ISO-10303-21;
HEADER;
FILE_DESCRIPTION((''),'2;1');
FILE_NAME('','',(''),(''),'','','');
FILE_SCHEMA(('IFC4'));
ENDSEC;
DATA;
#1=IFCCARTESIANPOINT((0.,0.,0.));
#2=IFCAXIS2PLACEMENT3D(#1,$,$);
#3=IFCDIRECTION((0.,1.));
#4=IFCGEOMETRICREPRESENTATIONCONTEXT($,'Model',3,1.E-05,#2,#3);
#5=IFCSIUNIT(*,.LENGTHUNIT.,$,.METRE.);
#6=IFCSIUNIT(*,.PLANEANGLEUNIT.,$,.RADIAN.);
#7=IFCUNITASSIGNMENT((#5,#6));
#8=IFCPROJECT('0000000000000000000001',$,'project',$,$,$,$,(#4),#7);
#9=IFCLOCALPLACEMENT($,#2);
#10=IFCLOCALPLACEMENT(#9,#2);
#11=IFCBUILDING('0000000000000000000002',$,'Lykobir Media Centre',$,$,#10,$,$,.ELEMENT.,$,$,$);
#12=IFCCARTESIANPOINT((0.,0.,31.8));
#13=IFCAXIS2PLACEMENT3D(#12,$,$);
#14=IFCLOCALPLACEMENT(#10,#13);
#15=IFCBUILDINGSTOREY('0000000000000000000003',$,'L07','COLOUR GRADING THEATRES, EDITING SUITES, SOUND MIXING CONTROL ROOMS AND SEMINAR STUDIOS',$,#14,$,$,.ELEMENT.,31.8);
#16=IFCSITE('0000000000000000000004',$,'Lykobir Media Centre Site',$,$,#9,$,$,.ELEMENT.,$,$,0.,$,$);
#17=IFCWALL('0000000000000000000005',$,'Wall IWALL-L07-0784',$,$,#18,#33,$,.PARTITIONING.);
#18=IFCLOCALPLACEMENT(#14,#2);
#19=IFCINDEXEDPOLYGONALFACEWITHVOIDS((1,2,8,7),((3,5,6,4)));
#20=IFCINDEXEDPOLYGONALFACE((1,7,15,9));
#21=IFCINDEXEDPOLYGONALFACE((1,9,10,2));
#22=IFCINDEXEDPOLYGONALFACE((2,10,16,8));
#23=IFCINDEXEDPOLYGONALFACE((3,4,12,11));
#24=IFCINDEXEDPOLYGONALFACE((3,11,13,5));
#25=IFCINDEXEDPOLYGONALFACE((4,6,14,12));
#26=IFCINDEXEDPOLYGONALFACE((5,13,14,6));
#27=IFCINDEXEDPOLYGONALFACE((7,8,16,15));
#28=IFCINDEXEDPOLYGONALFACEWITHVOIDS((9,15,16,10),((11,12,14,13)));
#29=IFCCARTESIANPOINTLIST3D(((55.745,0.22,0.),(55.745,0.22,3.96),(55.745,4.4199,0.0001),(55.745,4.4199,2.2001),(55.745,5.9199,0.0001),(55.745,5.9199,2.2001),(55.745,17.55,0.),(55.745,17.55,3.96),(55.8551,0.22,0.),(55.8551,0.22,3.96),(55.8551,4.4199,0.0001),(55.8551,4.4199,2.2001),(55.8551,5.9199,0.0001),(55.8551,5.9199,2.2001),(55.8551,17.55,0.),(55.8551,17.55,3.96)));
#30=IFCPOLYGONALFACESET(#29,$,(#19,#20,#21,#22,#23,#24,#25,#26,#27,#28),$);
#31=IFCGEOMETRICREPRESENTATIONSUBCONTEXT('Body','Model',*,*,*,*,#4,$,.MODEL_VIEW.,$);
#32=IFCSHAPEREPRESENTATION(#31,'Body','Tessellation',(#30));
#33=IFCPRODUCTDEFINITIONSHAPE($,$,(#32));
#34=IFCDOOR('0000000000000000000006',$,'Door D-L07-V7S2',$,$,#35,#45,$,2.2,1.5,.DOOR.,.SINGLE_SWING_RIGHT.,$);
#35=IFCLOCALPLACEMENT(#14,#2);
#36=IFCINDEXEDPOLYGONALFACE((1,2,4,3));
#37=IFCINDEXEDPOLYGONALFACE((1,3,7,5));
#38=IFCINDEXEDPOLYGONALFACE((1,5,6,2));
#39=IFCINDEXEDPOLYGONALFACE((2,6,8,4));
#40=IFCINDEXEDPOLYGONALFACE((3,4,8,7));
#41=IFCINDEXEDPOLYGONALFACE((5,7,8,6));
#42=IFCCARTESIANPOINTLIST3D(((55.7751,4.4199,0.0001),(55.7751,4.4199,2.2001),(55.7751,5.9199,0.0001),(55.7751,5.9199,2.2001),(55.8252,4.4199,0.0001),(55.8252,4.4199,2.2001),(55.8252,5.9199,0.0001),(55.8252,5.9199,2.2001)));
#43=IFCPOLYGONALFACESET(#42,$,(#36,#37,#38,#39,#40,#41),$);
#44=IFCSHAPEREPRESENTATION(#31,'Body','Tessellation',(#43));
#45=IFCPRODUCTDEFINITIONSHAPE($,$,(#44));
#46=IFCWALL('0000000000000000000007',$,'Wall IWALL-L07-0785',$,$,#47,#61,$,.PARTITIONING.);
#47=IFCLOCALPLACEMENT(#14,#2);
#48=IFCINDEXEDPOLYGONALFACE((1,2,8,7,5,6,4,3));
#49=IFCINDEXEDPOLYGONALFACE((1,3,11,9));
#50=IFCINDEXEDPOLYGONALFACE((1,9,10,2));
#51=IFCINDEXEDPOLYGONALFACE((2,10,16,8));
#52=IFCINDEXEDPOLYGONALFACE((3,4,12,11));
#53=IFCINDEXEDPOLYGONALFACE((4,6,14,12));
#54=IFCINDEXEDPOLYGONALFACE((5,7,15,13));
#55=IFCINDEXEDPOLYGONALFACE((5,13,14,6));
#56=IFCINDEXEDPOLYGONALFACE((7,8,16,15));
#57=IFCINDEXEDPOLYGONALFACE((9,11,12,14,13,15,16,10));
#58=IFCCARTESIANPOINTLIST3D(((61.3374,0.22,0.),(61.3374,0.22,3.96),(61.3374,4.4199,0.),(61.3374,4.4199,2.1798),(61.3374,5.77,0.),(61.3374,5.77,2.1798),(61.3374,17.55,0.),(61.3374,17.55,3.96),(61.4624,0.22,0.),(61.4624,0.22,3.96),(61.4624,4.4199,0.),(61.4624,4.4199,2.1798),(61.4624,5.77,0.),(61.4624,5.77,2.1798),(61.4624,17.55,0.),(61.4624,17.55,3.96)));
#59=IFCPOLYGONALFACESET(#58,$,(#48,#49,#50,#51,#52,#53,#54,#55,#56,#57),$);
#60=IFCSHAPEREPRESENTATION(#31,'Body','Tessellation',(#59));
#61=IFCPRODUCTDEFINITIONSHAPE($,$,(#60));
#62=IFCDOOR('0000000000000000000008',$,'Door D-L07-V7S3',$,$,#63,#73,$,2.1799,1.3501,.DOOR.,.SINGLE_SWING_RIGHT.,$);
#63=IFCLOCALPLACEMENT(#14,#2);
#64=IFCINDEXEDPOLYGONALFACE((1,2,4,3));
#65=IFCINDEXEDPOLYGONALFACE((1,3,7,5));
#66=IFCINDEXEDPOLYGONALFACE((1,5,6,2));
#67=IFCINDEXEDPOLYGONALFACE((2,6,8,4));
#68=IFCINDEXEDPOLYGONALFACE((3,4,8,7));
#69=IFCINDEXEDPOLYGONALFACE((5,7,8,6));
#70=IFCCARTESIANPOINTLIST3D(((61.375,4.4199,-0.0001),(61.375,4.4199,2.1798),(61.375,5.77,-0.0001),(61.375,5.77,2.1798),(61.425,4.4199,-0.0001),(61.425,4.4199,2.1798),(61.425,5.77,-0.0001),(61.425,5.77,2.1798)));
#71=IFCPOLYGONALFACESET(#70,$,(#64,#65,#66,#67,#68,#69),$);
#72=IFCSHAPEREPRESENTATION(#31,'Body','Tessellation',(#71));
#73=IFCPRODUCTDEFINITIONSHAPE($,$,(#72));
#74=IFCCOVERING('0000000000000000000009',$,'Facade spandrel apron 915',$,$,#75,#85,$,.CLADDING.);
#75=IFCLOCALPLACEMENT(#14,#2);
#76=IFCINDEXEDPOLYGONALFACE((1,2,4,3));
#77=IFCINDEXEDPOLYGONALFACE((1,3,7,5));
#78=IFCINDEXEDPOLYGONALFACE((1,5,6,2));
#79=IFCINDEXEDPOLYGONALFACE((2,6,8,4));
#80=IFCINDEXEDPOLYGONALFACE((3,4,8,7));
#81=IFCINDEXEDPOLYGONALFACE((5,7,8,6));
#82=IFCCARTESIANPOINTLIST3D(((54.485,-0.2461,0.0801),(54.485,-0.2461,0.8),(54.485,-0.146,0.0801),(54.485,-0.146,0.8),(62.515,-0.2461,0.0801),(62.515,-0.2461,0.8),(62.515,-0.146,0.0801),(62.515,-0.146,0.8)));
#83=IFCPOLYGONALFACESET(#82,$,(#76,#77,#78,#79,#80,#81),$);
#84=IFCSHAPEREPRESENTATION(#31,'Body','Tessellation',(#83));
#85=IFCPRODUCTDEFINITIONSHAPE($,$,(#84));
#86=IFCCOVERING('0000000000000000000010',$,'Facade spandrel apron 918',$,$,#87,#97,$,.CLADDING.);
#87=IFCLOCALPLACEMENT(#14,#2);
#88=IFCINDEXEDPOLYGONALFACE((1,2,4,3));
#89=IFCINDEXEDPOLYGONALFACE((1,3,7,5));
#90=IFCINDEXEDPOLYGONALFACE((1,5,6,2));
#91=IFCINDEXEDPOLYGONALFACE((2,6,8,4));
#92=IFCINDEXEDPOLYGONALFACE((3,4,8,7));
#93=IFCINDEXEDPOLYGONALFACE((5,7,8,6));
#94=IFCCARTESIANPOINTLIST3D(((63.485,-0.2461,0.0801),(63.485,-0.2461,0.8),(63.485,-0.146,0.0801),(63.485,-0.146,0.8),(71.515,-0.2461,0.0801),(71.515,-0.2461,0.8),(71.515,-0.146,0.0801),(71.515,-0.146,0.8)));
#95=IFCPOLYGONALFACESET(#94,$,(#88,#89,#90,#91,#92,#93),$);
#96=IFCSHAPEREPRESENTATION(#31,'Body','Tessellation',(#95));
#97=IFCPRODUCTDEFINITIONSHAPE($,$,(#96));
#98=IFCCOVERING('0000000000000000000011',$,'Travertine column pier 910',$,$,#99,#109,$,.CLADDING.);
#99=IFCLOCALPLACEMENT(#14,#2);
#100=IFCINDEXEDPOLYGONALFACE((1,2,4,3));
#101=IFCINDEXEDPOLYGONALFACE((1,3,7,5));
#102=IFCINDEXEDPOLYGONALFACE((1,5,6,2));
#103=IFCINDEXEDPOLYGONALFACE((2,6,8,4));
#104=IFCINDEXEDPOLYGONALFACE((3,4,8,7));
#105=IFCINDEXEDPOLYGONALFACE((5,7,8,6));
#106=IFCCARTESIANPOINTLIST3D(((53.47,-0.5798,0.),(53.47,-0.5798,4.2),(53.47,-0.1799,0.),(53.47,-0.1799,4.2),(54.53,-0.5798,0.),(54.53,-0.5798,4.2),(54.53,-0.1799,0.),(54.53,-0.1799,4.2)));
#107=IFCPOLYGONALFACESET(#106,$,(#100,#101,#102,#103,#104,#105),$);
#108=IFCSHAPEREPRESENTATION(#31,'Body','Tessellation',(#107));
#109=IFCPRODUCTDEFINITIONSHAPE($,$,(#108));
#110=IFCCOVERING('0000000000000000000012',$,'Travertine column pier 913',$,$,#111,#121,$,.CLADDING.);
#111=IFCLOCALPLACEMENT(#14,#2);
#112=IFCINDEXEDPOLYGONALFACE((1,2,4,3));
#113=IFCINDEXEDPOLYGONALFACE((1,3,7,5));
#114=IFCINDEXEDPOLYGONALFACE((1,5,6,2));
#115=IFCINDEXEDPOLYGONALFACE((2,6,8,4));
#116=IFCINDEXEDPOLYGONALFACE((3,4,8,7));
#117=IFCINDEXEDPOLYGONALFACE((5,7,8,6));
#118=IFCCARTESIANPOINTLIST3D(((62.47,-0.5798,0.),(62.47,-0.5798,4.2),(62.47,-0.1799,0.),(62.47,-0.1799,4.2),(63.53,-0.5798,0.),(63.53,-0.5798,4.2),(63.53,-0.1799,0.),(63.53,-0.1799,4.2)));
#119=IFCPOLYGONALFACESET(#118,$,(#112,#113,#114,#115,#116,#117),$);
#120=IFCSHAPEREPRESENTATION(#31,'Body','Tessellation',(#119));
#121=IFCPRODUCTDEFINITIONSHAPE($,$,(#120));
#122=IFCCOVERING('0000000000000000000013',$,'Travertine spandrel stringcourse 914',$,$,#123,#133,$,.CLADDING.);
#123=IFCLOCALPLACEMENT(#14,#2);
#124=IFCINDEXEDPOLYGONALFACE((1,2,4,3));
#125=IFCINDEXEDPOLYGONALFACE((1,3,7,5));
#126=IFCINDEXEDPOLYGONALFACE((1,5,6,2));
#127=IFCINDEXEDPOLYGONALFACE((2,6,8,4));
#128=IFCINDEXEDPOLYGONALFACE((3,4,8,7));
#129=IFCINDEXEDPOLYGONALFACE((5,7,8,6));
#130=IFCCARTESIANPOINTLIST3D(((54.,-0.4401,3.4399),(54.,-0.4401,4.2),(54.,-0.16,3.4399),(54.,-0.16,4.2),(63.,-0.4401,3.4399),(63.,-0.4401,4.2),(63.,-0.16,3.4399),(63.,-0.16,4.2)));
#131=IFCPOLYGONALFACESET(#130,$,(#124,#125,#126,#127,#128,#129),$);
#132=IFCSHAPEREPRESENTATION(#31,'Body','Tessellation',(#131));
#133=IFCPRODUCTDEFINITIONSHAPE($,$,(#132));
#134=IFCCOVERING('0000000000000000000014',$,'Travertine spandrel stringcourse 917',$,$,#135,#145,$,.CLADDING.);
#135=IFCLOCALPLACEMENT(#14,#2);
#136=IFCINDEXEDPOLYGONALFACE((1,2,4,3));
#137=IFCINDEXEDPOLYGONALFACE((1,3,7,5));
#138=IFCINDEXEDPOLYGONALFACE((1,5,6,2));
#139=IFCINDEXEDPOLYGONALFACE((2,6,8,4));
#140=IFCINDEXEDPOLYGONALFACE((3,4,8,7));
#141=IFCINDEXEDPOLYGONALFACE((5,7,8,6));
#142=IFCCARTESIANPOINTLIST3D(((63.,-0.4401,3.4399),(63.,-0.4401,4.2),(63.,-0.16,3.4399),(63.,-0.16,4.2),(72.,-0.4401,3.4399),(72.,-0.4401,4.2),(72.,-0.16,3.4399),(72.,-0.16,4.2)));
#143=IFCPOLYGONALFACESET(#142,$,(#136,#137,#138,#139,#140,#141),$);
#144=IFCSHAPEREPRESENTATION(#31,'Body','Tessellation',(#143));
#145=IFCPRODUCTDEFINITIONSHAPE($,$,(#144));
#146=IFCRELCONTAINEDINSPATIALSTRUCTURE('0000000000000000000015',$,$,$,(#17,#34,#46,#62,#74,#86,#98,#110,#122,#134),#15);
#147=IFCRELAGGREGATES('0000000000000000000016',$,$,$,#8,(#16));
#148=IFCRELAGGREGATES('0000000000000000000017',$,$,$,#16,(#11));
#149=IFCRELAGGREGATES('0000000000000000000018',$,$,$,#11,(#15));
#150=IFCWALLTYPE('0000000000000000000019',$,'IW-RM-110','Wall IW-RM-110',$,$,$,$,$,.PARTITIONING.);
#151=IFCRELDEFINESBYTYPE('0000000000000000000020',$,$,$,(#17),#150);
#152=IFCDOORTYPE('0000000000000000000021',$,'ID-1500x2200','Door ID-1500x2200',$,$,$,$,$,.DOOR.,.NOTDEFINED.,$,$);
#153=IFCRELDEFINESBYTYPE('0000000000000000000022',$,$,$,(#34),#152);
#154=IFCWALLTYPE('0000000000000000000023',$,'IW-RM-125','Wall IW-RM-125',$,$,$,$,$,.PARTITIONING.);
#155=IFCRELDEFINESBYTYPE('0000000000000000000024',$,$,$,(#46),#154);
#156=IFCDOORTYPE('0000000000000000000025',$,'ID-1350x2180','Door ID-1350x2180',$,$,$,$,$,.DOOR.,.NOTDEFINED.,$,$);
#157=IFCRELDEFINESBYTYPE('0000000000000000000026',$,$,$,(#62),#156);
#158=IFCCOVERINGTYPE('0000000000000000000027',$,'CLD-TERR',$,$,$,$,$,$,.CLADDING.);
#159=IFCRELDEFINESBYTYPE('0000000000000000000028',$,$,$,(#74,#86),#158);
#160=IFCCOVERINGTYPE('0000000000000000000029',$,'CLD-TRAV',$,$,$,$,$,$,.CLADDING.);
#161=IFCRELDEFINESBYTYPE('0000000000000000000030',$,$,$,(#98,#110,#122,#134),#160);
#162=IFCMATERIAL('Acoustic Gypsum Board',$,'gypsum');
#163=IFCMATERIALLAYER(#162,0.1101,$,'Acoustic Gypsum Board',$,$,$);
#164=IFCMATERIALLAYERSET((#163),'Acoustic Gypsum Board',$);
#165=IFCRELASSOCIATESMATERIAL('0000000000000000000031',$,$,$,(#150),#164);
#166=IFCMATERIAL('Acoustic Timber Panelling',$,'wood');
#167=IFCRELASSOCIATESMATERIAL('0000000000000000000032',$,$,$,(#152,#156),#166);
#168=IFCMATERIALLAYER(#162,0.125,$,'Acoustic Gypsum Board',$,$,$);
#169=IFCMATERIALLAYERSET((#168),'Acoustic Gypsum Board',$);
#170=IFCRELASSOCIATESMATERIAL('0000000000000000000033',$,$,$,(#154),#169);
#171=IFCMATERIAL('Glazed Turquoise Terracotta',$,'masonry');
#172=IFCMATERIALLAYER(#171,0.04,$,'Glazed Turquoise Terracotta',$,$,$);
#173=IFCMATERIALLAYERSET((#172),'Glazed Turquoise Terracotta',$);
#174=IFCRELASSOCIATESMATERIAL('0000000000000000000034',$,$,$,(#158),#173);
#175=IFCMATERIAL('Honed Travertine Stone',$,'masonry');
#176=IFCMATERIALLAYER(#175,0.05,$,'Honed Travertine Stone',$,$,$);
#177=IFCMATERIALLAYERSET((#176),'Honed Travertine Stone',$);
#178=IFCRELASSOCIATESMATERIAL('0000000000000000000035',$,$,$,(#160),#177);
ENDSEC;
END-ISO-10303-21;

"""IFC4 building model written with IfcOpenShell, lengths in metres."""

from ifc_helpers import new_model, si_unit, direction, frame, frame_2d, origin, origin_2d, place, context, subcontext, project, spatial, rectangle, extrude, material, layer, layer_set, type_object, element, fill, save


model = new_model("IFC4")

# Units and contexts
model_context = context("Model", 3, precision=1e-05, world=origin(), true_north=direction((0.0, 1.0)))
body_context = subcontext(model_context, "Body", "Model", "MODEL_VIEW")
ifc_project = project(units=[si_unit("LENGTHUNIT", "METRE"), si_unit("PLANEANGLEUNIT", "RADIAN")], contexts=[model_context])

# Site, building, storey
site_placement = place(None, origin())
site = spatial("IfcSite", under=ifc_project, at=site_placement, Name="Lykobir Media Centre Site", CompositionType="ELEMENT", RefElevation=0.0)
building_placement = place(site_placement, origin())
building = spatial("IfcBuilding", under=site, at=building_placement, Name="Lykobir Media Centre", CompositionType="ELEMENT")
storey_placement = place(building_placement, frame((0.0, 0.0, 31.8)))
storey = spatial("IfcBuildingStorey", under=building, at=storey_placement, Name="L07", Description="COLOUR GRADING THEATRES, EDITING SUITES, SOUND MIXING CONTROL ROOMS AND SEMINAR STUDIOS", CompositionType="ELEMENT", Elevation=31.8)

# Shared definitions
ifc_material_1 = material(Name="Acoustic Gypsum Board", Category="gypsum")

# Shared definitions
ifc_material_2 = material(Name="Acoustic Timber Panelling", Category="wood")

# Walls, openings, doors
ifc_layer_1 = layer(ifc_material_1, 0.1101, Name="Acoustic Gypsum Board")
ifc_layer_set_1 = layer_set([ifc_layer_1], Name="Acoustic Gypsum Board")
wall_type_1 = type_object("IfcWallType", Name="IW-RM-110", Description="Wall IW-RM-110", PredefinedType="PARTITIONING", material=ifc_layer_set_1)
wall_1_placement = place(storey_placement, frame((55.8, 0.22, 0.0), z_axis=(0.0, 0.0, 1.0), x_axis=(0.0, 1.0, 0.0)))
wall_1 = element("IfcWall", 1, at=wall_1_placement, inside=storey, type_object=wall_type_1, Name="Wall IWALL-L07-0784", PredefinedType="PARTITIONING", context=body_context, shape_type="SweptSolid", body=[
    extrude(rectangle(XDim=17.3301, YDim=0.1101, at=frame_2d((8.665, 0.0))), origin(), (0.0, 0.0, 1.0), 3.96),
])
opening_1_placement = place(wall_1_placement, frame((4.2, 0.0, 0.0)))
opening_1 = element("IfcOpeningElement", 2, at=opening_1_placement, cuts=wall_1, PredefinedType="OPENING", context=body_context, shape_type="SweptSolid", body=[
    extrude(rectangle(XDim=1.5, YDim=2.2, at=frame_2d((0.75, 1.1001))), frame((0.0, 0.0649, 0.0), z_axis=(0.0, -1.0, 0.0), x_axis=(1.0, 0.0, 0.0)), (0.0, 0.0, 1.0), 0.1301),
])
door_type_1 = type_object("IfcDoorType", Name="ID-1500x2200", Description="Door ID-1500x2200", OperationType="NOTDEFINED", PredefinedType="DOOR", material=ifc_material_2)
door_1_placement = place(opening_1_placement, origin())
door_1 = element("IfcDoor", 3, at=door_1_placement, inside=storey, type_object=door_type_1, Name="Door D-L07-V7S2", OperationType="SINGLE_SWING_RIGHT", OverallHeight=2.2, OverallWidth=1.5, PredefinedType="DOOR", context=body_context, shape_type="SweptSolid", body=[
    extrude(rectangle(XDim=1.5, YDim=2.2, at=frame_2d((0.75, 1.1001))), frame((0.0, 0.0249, 0.0), z_axis=(0.0, -1.0, 0.0), x_axis=(1.0, 0.0, 0.0)), (0.0, 0.0, 1.0), 0.05),
])
fill(opening_1, door_1)
ifc_layer_2 = layer(ifc_material_1, 0.125, Name="Acoustic Gypsum Board")
ifc_layer_set_2 = layer_set([ifc_layer_2], Name="Acoustic Gypsum Board")
wall_type_2 = type_object("IfcWallType", Name="IW-RM-125", Description="Wall IW-RM-125", PredefinedType="PARTITIONING", material=ifc_layer_set_2)
wall_2_placement = place(storey_placement, frame((61.3999, 0.22, 0.0), z_axis=(0.0, 0.0, 1.0), x_axis=(0.0, 1.0, 0.0)))
wall_2 = element("IfcWall", 4, at=wall_2_placement, inside=storey, type_object=wall_type_2, Name="Wall IWALL-L07-0785", PredefinedType="PARTITIONING", context=body_context, shape_type="SweptSolid", body=[
    extrude(rectangle(XDim=17.3301, YDim=0.125, at=frame_2d((8.665, 0.0))), origin(), (0.0, 0.0, 1.0), 3.96),
])
opening_2_placement = place(wall_2_placement, frame((4.2, 0.0, 0.0)))
opening_2 = element("IfcOpeningElement", 5, at=opening_2_placement, cuts=wall_2, PredefinedType="OPENING", context=body_context, shape_type="SweptSolid", body=[
    extrude(rectangle(XDim=1.3501, YDim=2.1799, at=frame_2d((0.675, 1.0898))), frame((0.0, 0.0725, 0.0), z_axis=(0.0, -1.0, 0.0), x_axis=(1.0, 0.0, 0.0)), (0.0, 0.0, 1.0), 0.145),
])
door_type_2 = type_object("IfcDoorType", Name="ID-1350x2180", Description="Door ID-1350x2180", OperationType="NOTDEFINED", PredefinedType="DOOR", material=ifc_material_2)
door_2_placement = place(opening_2_placement, origin())
door_2 = element("IfcDoor", 6, at=door_2_placement, inside=storey, type_object=door_type_2, Name="Door D-L07-V7S3", OperationType="SINGLE_SWING_RIGHT", OverallHeight=2.1799, OverallWidth=1.3501, PredefinedType="DOOR", context=body_context, shape_type="SweptSolid", body=[
    extrude(rectangle(XDim=1.3501, YDim=2.1799, at=frame_2d((0.675, 1.0898))), frame((0.0, 0.0249, 0.0), z_axis=(0.0, -1.0, 0.0), x_axis=(1.0, 0.0, 0.0)), (0.0, 0.0, 1.0), 0.05),
])
fill(opening_2, door_2)

# Coverings
ifc_material_3 = material(Name="Glazed Turquoise Terracotta", Category="masonry")
ifc_layer_3 = layer(ifc_material_3, 0.04, Name="Glazed Turquoise Terracotta")
ifc_layer_set_3 = layer_set([ifc_layer_3], Name="Glazed Turquoise Terracotta")
covering_type_1 = type_object("IfcCoveringType", Name="CLD-TERR", PredefinedType="CLADDING", material=ifc_layer_set_3)
for number, where, z_axis, x_axis, name in (
    (7, (58.5, -0.196, 0.0801), (0.0, 0.0, 1.0), (1.0, 0.0, 0.0), "Facade spandrel apron 915"),
    (8, (67.5, -0.196, 0.0801), (0.0, 0.0, 1.0), (1.0, 0.0, 0.0), "Facade spandrel apron 918"),
):
    element("IfcCovering", number, at=place(storey_placement, frame(where, z_axis=z_axis, x_axis=x_axis)), inside=storey, type_object=covering_type_1, Name=name, PredefinedType="CLADDING", context=body_context, shape_type="SweptSolid", body=[
        extrude(rectangle(XDim=8.03, YDim=0.1001, at=origin_2d()), origin(), (0.0, 0.0, 1.0), 0.72),
    ])
ifc_material_4 = material(Name="Honed Travertine Stone", Category="masonry")
ifc_layer_4 = layer(ifc_material_4, 0.05, Name="Honed Travertine Stone")
ifc_layer_set_4 = layer_set([ifc_layer_4], Name="Honed Travertine Stone")
covering_type_2 = type_object("IfcCoveringType", Name="CLD-TRAV", PredefinedType="CLADDING", material=ifc_layer_set_4)
for number, where, z_axis, x_axis, name in (
    (9, (54.0, -0.3799, 0.0), (0.0, 0.0, 1.0), (1.0, 0.0, 0.0), "Travertine column pier 910"),
    (10, (63.0, -0.3799, 0.0), (0.0, 0.0, 1.0), (1.0, 0.0, 0.0), "Travertine column pier 913"),
):
    element("IfcCovering", number, at=place(storey_placement, frame(where, z_axis=z_axis, x_axis=x_axis)), inside=storey, type_object=covering_type_2, Name=name, PredefinedType="CLADDING", context=body_context, shape_type="SweptSolid", body=[
        extrude(rectangle(XDim=1.0601, YDim=0.3999, at=origin_2d()), origin(), (0.0, 0.0, 1.0), 4.2),
    ])
for number, where, z_axis, x_axis, name in (
    (11, (58.5, -0.3, 3.4399), (0.0, 0.0, 1.0), (1.0, 0.0, 0.0), "Travertine spandrel stringcourse 914"),
    (12, (67.5, -0.3, 3.4399), (0.0, 0.0, 1.0), (1.0, 0.0, 0.0), "Travertine spandrel stringcourse 917"),
):
    element("IfcCovering", number, at=place(storey_placement, frame(where, z_axis=z_axis, x_axis=x_axis)), inside=storey, type_object=covering_type_2, Name=name, PredefinedType="CLADDING", context=body_context, shape_type="SweptSolid", body=[
        extrude(rectangle(XDim=9.0, YDim=0.28, at=origin_2d()), origin(), (0.0, 0.0, 1.0), 0.76),
    ])

save(model, "model.ifc")
